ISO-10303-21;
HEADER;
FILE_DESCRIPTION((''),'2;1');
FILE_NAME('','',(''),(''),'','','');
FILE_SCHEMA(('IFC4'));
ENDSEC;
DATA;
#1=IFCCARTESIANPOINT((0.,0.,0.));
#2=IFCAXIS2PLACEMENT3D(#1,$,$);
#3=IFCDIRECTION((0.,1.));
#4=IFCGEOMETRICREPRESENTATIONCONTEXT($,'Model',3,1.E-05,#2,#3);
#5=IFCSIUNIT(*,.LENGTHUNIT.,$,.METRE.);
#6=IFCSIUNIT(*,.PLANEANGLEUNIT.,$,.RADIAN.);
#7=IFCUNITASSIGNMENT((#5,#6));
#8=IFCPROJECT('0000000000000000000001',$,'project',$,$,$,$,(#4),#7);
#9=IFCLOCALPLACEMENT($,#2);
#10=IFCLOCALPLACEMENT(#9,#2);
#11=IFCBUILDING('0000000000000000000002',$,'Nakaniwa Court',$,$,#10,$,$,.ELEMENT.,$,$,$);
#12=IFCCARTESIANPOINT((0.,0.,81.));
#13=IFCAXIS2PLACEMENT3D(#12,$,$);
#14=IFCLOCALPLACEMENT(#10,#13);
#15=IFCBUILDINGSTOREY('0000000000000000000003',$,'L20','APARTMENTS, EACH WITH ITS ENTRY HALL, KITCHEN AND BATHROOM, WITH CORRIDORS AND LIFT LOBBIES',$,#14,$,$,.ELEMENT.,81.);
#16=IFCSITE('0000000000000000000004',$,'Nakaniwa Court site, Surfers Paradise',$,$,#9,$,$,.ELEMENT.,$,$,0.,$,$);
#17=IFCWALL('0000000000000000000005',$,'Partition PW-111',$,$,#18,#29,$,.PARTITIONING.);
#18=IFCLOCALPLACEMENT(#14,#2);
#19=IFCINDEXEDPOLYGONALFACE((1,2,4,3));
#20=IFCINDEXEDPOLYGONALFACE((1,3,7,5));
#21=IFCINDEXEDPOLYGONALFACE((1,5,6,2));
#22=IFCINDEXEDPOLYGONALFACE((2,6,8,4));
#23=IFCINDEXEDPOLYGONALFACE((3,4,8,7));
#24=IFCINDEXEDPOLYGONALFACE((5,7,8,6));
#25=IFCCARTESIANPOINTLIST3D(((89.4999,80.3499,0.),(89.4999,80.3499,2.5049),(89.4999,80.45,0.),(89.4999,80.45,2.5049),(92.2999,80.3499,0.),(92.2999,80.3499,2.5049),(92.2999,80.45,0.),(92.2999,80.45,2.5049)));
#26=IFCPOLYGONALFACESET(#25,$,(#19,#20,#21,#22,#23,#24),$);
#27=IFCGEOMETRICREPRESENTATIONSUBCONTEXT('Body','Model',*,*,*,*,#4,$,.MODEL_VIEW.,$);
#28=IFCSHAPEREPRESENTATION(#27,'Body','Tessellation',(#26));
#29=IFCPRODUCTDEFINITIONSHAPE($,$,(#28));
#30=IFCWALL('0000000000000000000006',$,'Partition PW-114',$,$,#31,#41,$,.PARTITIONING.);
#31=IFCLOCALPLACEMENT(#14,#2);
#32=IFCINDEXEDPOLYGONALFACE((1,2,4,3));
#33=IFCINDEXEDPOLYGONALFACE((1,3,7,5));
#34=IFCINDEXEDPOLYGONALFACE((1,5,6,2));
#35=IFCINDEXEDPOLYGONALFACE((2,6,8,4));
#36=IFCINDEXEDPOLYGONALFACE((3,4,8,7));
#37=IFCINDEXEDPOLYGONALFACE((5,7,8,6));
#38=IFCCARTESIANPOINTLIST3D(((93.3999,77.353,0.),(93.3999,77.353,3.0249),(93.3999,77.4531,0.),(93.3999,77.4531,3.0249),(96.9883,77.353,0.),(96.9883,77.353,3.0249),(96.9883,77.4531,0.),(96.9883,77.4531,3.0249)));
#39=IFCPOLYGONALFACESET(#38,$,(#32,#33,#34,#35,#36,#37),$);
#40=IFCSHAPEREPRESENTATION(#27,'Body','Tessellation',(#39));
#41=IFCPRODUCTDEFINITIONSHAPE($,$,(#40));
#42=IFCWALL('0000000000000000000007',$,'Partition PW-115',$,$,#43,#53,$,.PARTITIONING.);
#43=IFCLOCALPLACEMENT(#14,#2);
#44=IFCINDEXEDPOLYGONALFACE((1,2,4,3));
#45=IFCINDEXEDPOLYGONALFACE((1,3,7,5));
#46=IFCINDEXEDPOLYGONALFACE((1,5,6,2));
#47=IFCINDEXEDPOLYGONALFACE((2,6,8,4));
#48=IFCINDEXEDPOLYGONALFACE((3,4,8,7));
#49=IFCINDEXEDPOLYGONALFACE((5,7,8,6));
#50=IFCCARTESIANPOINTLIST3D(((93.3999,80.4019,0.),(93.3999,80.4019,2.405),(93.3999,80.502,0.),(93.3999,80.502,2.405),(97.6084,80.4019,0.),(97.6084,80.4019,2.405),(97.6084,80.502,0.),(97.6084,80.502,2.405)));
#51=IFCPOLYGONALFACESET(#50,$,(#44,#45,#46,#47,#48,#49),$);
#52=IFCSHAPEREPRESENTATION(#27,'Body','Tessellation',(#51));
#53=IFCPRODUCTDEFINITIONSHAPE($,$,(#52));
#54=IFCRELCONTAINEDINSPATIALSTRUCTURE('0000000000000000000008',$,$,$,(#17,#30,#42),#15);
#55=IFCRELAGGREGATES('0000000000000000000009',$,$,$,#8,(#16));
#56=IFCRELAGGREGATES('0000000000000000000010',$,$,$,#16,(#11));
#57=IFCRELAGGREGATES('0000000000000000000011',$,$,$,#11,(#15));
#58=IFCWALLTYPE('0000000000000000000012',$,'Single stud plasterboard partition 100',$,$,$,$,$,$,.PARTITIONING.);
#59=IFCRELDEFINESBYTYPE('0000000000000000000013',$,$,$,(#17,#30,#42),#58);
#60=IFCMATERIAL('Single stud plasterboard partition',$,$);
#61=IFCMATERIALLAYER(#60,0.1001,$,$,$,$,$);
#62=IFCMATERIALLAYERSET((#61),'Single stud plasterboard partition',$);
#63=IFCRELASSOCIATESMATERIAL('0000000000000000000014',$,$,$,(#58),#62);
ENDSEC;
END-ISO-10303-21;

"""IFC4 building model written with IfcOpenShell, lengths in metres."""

from ifc_helpers import new_model, si_unit, direction, frame, frame_2d, origin, place, context, subcontext, project, spatial, rectangle, extrude, material, layer, layer_set, type_object, element, save


model = new_model("IFC4")

# Units and contexts
model_context = context("Model", 3, precision=1e-05, world=origin(), true_north=direction((0.0, 1.0)))
body_context = subcontext(model_context, "Body", "Model", "MODEL_VIEW")
ifc_project = project(units=[si_unit("LENGTHUNIT", "METRE"), si_unit("PLANEANGLEUNIT", "RADIAN")], contexts=[model_context])

# Site, building, storey
site_placement = place(None, origin())
site = spatial("IfcSite", under=ifc_project, at=site_placement, Name="Nakaniwa Court site, Surfers Paradise", CompositionType="ELEMENT", RefElevation=0.0)
building_placement = place(site_placement, origin())
building = spatial("IfcBuilding", under=site, at=building_placement, Name="Nakaniwa Court", CompositionType="ELEMENT")
storey_placement = place(building_placement, frame((0.0, 0.0, 81.0)))
storey = spatial("IfcBuildingStorey", under=building, at=storey_placement, Name="L20", Description="APARTMENTS, EACH WITH ITS ENTRY HALL, KITCHEN AND BATHROOM, WITH CORRIDORS AND LIFT LOBBIES", CompositionType="ELEMENT", Elevation=81.0)

# Shared definitions
ifc_material_1 = material(Name="Single stud plasterboard partition")
ifc_layer_1 = layer(ifc_material_1, 0.1001)
ifc_layer_set_1 = layer_set([ifc_layer_1], Name="Single stud plasterboard partition")
wall_type_1 = type_object("IfcWallType", Name="Single stud plasterboard partition 100", PredefinedType="PARTITIONING", material=ifc_layer_set_1)

# Walls
wall_1_placement = place(storey_placement, frame((89.5, 80.3999, 0.0), z_axis=(0.0, 0.0, 1.0), x_axis=(1.0, 0.0, 0.0)))
element("IfcWall", 1, at=wall_1_placement, inside=storey, type_object=wall_type_1, Name="Partition PW-111", PredefinedType="PARTITIONING", context=body_context, shape_type="SweptSolid", body=[
    extrude(rectangle(XDim=2.8, YDim=0.1001, at=frame_2d((1.3999, 0.0))), origin(), (0.0, 0.0, 1.0), 2.5049),
])
wall_2_placement = place(storey_placement, frame((93.3999, 77.4031, 0.0), z_axis=(0.0, 0.0, 1.0), x_axis=(1.0, 0.0, 0.0)))
element("IfcWall", 2, at=wall_2_placement, inside=storey, type_object=wall_type_1, Name="Partition PW-114", PredefinedType="PARTITIONING", context=body_context, shape_type="SweptSolid", body=[
    extrude(rectangle(XDim=3.5884, YDim=0.1001, at=frame_2d((1.7942, 0.0))), origin(), (0.0, 0.0, 1.0), 3.0249),
])
wall_3_placement = place(storey_placement, frame((93.3999, 80.4519, 0.0), z_axis=(0.0, 0.0, 1.0), x_axis=(1.0, 0.0, 0.0)))
element("IfcWall", 3, at=wall_3_placement, inside=storey, type_object=wall_type_1, Name="Partition PW-115", PredefinedType="PARTITIONING", context=body_context, shape_type="SweptSolid", body=[
    extrude(rectangle(XDim=4.2085, YDim=0.1001, at=frame_2d((2.1042, 0.0))), origin(), (0.0, 0.0, 1.0), 2.405),
])

save(model, "model.ifc")
